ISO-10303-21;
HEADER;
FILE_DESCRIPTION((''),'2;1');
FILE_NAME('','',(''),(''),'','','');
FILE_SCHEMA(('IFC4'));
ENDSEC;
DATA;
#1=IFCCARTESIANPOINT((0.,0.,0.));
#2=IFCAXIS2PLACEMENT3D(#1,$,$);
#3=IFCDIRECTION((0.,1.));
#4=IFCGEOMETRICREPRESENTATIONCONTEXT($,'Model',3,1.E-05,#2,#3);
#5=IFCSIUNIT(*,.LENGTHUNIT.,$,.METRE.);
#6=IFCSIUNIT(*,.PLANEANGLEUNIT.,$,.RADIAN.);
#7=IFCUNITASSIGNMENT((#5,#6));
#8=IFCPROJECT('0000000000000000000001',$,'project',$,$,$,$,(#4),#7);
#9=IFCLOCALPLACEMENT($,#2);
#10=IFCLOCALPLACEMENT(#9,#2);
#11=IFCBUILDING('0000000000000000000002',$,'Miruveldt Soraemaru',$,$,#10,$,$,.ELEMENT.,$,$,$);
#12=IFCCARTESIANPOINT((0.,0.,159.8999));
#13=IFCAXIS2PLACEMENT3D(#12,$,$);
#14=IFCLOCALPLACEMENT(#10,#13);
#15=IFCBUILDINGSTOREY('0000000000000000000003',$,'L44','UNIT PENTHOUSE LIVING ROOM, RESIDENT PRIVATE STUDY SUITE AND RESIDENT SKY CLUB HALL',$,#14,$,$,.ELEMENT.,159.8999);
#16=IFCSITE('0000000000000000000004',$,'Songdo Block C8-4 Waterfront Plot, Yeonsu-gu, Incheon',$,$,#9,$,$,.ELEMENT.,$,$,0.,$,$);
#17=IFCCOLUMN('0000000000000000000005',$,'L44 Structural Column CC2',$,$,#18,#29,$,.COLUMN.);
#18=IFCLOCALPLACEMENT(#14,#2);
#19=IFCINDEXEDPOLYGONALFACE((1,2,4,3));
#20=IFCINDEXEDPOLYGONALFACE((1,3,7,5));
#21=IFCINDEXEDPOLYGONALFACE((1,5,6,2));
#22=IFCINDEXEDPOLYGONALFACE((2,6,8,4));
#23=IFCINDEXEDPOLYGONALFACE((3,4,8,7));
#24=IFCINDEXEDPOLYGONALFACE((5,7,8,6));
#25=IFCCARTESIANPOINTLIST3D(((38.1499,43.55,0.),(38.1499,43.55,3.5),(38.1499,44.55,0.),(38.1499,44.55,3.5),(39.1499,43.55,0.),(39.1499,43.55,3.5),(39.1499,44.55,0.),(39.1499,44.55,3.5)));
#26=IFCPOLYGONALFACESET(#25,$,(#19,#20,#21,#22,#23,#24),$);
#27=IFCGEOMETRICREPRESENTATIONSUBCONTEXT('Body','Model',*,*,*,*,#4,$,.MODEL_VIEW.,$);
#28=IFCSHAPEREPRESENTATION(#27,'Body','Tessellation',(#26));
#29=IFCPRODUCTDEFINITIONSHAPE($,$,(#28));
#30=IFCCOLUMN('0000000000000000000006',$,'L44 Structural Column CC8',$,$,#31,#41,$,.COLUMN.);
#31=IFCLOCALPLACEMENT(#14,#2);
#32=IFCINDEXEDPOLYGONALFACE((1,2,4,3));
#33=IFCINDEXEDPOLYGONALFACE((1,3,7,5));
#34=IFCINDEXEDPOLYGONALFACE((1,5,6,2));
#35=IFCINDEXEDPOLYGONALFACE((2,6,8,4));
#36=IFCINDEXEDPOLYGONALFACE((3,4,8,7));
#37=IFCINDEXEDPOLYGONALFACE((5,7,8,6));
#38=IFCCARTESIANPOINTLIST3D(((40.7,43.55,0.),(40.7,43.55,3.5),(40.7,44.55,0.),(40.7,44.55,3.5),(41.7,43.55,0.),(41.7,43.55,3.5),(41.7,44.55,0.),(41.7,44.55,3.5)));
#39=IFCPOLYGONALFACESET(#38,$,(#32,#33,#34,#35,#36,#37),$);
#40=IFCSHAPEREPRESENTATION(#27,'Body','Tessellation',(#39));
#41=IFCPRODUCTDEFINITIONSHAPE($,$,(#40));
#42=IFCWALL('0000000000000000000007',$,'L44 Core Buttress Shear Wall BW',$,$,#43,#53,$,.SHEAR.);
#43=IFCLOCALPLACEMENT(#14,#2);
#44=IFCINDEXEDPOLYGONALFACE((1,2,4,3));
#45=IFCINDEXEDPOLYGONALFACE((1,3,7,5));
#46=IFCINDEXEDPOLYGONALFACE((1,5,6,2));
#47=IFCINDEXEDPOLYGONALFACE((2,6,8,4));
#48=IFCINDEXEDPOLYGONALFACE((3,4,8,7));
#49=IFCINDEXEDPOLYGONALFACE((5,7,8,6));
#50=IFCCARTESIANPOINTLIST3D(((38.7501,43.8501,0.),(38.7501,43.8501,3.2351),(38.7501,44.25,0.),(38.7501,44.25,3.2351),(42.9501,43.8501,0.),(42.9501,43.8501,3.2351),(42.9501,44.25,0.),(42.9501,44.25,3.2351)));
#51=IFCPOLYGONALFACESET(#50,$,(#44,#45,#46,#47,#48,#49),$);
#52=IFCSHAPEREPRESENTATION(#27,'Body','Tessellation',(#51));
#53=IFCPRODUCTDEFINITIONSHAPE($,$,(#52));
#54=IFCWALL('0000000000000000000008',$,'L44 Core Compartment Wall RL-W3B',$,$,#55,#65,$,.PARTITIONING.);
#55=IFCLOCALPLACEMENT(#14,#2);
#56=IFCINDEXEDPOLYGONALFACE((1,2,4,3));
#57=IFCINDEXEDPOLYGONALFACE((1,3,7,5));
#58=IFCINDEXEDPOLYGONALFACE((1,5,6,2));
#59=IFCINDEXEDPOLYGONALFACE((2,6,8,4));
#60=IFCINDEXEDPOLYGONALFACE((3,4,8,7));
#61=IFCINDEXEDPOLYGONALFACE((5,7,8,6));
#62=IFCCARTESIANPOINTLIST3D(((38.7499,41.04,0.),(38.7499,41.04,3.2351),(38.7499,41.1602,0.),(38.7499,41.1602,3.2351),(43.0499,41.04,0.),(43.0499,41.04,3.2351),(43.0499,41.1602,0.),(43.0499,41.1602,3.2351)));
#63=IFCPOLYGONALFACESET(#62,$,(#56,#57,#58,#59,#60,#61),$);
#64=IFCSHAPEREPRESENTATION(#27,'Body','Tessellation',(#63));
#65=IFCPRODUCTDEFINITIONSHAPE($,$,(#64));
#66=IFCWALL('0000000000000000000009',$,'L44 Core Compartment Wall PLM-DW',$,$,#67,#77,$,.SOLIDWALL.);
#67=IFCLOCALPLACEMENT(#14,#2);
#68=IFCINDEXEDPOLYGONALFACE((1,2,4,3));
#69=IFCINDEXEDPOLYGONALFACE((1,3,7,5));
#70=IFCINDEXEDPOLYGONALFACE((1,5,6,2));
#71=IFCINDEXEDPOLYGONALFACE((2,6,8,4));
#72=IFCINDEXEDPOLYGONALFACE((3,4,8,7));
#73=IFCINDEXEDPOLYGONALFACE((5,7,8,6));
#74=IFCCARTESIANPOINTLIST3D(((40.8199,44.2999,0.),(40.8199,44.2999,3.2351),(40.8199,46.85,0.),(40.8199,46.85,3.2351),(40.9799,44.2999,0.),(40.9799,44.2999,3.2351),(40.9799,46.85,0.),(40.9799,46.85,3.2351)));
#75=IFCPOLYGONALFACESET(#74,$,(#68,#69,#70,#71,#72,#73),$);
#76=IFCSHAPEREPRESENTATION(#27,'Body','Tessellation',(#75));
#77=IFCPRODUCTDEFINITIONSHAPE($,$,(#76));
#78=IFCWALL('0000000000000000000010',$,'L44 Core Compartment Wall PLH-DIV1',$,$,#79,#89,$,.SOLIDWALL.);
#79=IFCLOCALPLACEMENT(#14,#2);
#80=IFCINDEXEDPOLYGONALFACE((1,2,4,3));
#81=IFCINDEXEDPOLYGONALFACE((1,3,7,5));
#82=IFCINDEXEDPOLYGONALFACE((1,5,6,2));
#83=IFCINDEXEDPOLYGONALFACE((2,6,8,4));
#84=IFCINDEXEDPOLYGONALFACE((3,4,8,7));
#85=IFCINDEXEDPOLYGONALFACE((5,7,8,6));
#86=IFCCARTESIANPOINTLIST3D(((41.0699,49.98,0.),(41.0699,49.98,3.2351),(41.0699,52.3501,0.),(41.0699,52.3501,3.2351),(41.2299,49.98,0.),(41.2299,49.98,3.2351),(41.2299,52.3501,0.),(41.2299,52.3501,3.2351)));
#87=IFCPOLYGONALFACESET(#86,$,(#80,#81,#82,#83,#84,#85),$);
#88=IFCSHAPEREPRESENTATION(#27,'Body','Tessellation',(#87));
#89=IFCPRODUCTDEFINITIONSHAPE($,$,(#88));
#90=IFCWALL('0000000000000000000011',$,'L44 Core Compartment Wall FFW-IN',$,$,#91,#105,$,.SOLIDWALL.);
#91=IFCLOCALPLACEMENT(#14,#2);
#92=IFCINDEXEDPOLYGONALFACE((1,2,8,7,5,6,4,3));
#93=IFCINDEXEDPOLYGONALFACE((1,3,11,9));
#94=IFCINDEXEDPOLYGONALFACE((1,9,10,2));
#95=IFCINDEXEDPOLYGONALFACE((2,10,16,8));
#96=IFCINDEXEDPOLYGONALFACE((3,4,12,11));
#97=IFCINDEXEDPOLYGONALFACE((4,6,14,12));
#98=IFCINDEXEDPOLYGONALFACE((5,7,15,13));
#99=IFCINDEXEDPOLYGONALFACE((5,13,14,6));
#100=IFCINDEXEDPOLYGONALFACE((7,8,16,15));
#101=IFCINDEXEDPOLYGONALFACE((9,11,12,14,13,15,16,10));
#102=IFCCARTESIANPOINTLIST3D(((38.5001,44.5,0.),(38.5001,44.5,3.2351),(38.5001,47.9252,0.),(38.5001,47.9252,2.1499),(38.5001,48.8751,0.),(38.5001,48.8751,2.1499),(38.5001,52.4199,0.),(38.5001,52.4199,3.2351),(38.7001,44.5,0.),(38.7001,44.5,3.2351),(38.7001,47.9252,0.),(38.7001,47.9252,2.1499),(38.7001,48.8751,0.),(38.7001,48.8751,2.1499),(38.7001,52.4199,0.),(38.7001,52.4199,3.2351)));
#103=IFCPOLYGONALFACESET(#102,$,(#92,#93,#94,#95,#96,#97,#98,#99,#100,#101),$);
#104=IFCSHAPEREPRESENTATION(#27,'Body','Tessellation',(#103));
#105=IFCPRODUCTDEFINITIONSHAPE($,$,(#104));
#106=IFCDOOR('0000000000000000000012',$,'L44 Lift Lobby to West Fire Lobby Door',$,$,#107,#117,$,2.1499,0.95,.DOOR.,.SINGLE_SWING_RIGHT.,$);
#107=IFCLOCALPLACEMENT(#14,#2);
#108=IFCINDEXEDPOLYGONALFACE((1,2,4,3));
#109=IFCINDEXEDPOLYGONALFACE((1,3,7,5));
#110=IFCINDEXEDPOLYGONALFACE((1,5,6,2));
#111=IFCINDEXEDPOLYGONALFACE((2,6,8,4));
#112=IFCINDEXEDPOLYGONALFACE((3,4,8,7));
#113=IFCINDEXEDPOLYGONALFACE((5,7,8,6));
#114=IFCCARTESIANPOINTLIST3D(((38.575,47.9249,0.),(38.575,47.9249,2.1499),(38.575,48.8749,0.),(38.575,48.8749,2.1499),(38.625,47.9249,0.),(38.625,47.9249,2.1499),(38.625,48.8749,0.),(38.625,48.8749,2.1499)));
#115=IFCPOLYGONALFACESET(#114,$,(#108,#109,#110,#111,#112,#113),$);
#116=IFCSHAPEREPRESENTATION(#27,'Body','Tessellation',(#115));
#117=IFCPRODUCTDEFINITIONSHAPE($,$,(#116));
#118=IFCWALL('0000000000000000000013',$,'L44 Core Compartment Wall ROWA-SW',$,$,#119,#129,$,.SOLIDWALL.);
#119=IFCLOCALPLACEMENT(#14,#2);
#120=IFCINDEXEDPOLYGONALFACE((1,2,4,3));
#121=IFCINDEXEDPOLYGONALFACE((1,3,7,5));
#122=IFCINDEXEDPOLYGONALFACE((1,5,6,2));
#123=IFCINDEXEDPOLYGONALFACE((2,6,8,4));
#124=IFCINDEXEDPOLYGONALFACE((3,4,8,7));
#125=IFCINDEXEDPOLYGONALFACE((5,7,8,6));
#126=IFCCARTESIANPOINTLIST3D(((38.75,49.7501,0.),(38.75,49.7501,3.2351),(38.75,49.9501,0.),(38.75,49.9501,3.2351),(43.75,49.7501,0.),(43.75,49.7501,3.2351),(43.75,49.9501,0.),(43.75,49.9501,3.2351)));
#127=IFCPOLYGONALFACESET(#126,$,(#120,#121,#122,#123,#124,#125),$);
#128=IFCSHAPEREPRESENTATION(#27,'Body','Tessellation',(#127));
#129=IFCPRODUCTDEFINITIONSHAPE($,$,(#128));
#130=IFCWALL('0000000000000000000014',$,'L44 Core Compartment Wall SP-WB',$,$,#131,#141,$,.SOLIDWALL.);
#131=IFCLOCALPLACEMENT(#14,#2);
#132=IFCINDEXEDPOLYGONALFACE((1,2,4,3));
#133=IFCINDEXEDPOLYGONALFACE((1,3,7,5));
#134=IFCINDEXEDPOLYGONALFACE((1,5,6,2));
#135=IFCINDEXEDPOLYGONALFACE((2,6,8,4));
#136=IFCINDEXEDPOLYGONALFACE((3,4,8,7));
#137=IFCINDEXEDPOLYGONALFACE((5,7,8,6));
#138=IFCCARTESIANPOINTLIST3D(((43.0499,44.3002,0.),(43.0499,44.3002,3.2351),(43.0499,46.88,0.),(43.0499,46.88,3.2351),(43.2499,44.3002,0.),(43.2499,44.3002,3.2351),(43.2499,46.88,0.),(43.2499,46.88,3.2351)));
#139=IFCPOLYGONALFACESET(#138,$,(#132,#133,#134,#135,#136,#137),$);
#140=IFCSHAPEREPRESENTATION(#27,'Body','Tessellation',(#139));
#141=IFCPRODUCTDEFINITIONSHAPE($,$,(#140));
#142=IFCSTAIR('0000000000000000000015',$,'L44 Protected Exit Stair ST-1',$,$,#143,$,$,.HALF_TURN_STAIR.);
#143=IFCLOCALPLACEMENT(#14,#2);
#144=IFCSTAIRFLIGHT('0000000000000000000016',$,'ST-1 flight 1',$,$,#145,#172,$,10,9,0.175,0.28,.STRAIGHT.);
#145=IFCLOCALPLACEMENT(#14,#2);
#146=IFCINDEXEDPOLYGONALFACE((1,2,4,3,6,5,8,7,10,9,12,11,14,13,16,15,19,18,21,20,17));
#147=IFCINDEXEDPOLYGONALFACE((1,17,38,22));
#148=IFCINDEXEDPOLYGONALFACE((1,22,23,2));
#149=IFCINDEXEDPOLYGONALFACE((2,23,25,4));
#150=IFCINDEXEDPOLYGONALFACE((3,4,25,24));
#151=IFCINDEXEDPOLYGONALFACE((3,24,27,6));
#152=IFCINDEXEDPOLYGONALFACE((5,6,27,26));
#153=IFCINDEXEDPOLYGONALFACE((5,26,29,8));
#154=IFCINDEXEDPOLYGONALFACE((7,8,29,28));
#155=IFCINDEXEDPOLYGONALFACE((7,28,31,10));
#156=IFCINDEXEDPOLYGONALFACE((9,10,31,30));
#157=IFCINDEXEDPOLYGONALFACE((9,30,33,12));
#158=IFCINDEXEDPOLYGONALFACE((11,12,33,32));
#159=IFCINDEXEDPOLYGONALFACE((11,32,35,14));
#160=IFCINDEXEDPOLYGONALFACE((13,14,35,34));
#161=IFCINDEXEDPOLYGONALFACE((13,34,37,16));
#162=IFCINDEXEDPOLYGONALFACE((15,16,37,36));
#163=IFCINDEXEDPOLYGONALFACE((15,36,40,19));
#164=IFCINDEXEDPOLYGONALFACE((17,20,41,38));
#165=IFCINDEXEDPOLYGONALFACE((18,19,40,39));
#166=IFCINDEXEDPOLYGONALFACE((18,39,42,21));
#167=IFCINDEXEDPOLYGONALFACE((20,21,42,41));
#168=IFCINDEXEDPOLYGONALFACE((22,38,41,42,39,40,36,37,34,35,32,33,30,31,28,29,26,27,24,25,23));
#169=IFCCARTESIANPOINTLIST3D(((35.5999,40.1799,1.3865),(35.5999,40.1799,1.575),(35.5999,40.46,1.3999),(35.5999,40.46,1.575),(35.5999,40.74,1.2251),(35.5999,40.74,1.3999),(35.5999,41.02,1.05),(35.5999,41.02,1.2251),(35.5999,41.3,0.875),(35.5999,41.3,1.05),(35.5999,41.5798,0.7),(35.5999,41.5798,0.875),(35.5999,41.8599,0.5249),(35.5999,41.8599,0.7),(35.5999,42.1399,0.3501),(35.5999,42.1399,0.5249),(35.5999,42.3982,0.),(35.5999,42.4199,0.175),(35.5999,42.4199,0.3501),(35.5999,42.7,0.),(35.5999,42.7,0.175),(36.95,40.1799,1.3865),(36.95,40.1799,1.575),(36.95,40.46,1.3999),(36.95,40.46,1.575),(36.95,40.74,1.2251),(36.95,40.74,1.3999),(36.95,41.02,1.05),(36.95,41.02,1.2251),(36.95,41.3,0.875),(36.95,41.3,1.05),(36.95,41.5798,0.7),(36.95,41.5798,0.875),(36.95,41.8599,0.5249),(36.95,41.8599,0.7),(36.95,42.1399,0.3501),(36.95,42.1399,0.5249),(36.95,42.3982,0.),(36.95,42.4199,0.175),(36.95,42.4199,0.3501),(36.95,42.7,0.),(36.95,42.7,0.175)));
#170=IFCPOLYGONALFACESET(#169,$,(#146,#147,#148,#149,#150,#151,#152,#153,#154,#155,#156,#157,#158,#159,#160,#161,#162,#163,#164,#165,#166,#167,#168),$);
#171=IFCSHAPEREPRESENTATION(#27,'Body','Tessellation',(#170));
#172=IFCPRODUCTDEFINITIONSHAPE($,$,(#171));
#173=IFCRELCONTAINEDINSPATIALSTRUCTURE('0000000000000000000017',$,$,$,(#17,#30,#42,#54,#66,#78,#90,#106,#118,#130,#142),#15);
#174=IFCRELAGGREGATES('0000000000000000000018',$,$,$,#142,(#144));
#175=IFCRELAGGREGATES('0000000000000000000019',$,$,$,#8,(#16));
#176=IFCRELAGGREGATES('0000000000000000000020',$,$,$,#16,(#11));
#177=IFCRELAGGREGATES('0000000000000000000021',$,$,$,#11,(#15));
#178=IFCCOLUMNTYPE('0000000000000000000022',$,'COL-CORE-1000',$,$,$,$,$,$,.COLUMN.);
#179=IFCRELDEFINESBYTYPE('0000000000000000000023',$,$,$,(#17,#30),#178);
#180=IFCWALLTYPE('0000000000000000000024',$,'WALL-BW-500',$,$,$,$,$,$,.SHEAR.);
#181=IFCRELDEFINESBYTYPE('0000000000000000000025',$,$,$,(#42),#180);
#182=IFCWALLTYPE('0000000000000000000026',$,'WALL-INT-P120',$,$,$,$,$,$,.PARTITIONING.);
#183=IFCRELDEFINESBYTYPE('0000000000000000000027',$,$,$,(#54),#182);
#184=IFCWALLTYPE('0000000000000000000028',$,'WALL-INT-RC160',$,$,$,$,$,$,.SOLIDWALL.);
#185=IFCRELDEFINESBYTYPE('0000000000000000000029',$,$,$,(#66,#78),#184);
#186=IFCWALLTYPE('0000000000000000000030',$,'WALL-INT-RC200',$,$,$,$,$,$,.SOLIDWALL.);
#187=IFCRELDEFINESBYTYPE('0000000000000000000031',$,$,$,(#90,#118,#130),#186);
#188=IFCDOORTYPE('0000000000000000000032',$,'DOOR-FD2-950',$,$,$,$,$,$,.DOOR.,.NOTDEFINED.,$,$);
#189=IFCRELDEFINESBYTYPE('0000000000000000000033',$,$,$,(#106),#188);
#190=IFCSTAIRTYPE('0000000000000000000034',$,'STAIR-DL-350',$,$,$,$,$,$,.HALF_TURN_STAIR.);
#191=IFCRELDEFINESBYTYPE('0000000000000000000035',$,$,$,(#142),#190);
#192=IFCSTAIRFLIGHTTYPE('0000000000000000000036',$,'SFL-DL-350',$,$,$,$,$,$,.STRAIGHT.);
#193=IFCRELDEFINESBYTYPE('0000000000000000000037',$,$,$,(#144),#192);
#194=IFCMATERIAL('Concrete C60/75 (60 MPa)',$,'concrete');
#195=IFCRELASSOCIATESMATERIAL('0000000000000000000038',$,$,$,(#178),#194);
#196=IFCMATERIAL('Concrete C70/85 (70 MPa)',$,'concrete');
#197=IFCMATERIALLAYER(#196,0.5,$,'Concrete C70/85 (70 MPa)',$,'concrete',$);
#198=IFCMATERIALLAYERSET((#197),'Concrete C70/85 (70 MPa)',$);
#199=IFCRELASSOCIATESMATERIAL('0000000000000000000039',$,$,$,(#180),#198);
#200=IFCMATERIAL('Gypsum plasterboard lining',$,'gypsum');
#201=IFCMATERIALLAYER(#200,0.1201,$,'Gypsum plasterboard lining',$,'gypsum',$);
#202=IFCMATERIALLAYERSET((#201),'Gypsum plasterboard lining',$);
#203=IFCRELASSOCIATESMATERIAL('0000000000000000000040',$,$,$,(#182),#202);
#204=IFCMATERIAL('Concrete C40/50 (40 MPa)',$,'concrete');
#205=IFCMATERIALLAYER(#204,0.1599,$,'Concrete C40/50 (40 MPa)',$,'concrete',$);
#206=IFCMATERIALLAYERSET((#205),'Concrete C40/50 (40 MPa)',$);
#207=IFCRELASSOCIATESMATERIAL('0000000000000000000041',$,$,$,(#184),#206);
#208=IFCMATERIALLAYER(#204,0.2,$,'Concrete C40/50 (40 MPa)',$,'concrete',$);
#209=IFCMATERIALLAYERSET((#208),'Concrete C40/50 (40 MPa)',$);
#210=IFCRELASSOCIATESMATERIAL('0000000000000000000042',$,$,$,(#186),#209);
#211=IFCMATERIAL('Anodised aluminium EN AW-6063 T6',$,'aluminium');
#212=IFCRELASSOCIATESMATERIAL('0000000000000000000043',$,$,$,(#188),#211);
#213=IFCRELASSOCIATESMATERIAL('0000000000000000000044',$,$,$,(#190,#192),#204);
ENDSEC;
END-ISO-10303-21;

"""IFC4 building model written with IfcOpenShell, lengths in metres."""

from ifc_helpers import new_model, si_unit, direction, frame, frame_2d, origin, origin_2d, place, context, subcontext, project, spatial, polyline, rectangle, outline, extrude, material, layer, layer_set, material_profile, profile_set, type_object, element, fill, aggregate, save


model = new_model("IFC4")

# Units and contexts
model_context = context("Model", 3, precision=1e-05, world=origin(), true_north=direction((0.0, 1.0)))
body_context = subcontext(model_context, "Body", "Model", "MODEL_VIEW")
ifc_project = project(units=[si_unit("LENGTHUNIT", "METRE"), si_unit("PLANEANGLEUNIT", "RADIAN")], contexts=[model_context])

# Site, building, storey
site_placement = place(None, origin())
site = spatial("IfcSite", under=ifc_project, at=site_placement, Name="Songdo Block C8-4 Waterfront Plot, Yeonsu-gu, Incheon", CompositionType="ELEMENT", RefElevation=0.0)
building_placement = place(site_placement, origin())
building = spatial("IfcBuilding", under=site, at=building_placement, Name="Miruveldt Soraemaru", CompositionType="ELEMENT")
storey_placement = place(building_placement, frame((0.0, 0.0, 159.8999)))
storey = spatial("IfcBuildingStorey", under=building, at=storey_placement, Name="L44", Description="UNIT PENTHOUSE LIVING ROOM, RESIDENT PRIVATE STUDY SUITE AND RESIDENT SKY CLUB HALL", CompositionType="ELEMENT", Elevation=159.8999)

# Columns
ifc_material_1 = material(Name="Concrete C60/75 (60 MPa)", Category="concrete")
ifc_material_profile = material_profile(ifc_material_1, rectangle(XDim=1.0, YDim=1.0, at=origin_2d()), Name="Concrete C60/75 (60 MPa)", Category="concrete")
ifc_profile_set = profile_set([ifc_material_profile], Name="Concrete C60/75 (60 MPa)")
column_type = type_object("IfcColumnType", Name="COL-CORE-1000", PredefinedType="COLUMN", material=ifc_profile_set)
for number, where, z_axis, x_axis, name in (
    (1, (38.6499, 44.05, 0.0), (0.0, 0.0, 1.0), (1.0, 0.0, 0.0), "L44 Structural Column CC2"),
    (2, (41.2, 44.05, 0.0), (0.0, 0.0, 1.0), (1.0, 0.0, 0.0), "L44 Structural Column CC8"),
):
    element("IfcColumn", number, at=place(storey_placement, frame(where, z_axis=z_axis, x_axis=x_axis)), inside=storey, type_object=column_type, Name=name, PredefinedType="COLUMN", context=body_context, shape_type="SweptSolid", body=[
        extrude(rectangle(XDim=1.0, YDim=1.0, at=origin_2d()), origin(), (0.0, 0.0, 1.0), 3.5),
    ])

# Walls
ifc_material_2 = material(Name="Concrete C70/85 (70 MPa)", Category="concrete")
ifc_layer_1 = layer(ifc_material_2, 0.5, Name="Concrete C70/85 (70 MPa)", Category="concrete")
ifc_layer_set_1 = layer_set([ifc_layer_1], Name="Concrete C70/85 (70 MPa)")
wall_type_1 = type_object("IfcWallType", Name="WALL-BW-500", PredefinedType="SHEAR", material=ifc_layer_set_1)
wall_1_placement = place(storey_placement, frame((38.75, 44.05, 0.0), z_axis=(0.0, 0.0, 1.0), x_axis=(1.0, 0.0, 0.0)))
element("IfcWall", 3, at=wall_1_placement, inside=storey, type_object=wall_type_1, Name="L44 Core Buttress Shear Wall BW", PredefinedType="SHEAR", context=body_context, shape_type="SweptSolid", body=[
    extrude(rectangle(XDim=4.2, YDim=0.3999, at=frame_2d((2.1001, 0.0))), origin(), (0.0, 0.0, 1.0), 3.2351),
])
ifc_material_3 = material(Name="Gypsum plasterboard lining", Category="gypsum")
ifc_layer_2 = layer(ifc_material_3, 0.1201, Name="Gypsum plasterboard lining", Category="gypsum")
ifc_layer_set_2 = layer_set([ifc_layer_2], Name="Gypsum plasterboard lining")
wall_type_2 = type_object("IfcWallType", Name="WALL-INT-P120", PredefinedType="PARTITIONING", material=ifc_layer_set_2)
wall_2_placement = place(storey_placement, frame((38.75, 41.1001, 0.0), z_axis=(0.0, 0.0, 1.0), x_axis=(1.0, 0.0, 0.0)))
element("IfcWall", 4, at=wall_2_placement, inside=storey, type_object=wall_type_2, Name="L44 Core Compartment Wall RL-W3B", PredefinedType="PARTITIONING", context=body_context, shape_type="SweptSolid", body=[
    extrude(rectangle(XDim=4.3, YDim=0.1201, at=frame_2d((2.1499, 0.0))), origin(), (0.0, 0.0, 1.0), 3.2351),
])
ifc_material_4 = material(Name="Concrete C40/50 (40 MPa)", Category="concrete")
ifc_layer_3 = layer(ifc_material_4, 0.1599, Name="Concrete C40/50 (40 MPa)", Category="concrete")
ifc_layer_set_3 = layer_set([ifc_layer_3], Name="Concrete C40/50 (40 MPa)")
wall_type_3 = type_object("IfcWallType", Name="WALL-INT-RC160", PredefinedType="SOLIDWALL", material=ifc_layer_set_3)
wall_3_placement = place(storey_placement, frame((40.8999, 44.3, 0.0), z_axis=(0.0, 0.0, 1.0), x_axis=(0.0, 1.0, 0.0)))
element("IfcWall", 5, at=wall_3_placement, inside=storey, type_object=wall_type_3, Name="L44 Core Compartment Wall PLM-DW", PredefinedType="SOLIDWALL", context=body_context, shape_type="SweptSolid", body=[
    extrude(rectangle(XDim=2.55, YDim=0.1599, at=frame_2d((1.2749, 0.0))), origin(), (0.0, 0.0, 1.0), 3.2351),
])
wall_4_placement = place(storey_placement, frame((41.1499, 49.98, 0.0), z_axis=(0.0, 0.0, 1.0), x_axis=(0.0, 1.0, 0.0)))
element("IfcWall", 6, at=wall_4_placement, inside=storey, type_object=wall_type_3, Name="L44 Core Compartment Wall PLH-DIV1", PredefinedType="SOLIDWALL", context=body_context, shape_type="SweptSolid", body=[
    extrude(rectangle(XDim=2.3701, YDim=0.1599, at=frame_2d((1.1851, 0.0))), origin(), (0.0, 0.0, 1.0), 3.2351),
])

# Wall, opening, door
ifc_layer_4 = layer(ifc_material_4, 0.2, Name="Concrete C40/50 (40 MPa)", Category="concrete")
ifc_layer_set_4 = layer_set([ifc_layer_4], Name="Concrete C40/50 (40 MPa)")
wall_type_4 = type_object("IfcWallType", Name="WALL-INT-RC200", PredefinedType="SOLIDWALL", material=ifc_layer_set_4)
wall_5_placement = place(storey_placement, frame((38.6001, 44.5, 0.0), z_axis=(0.0, 0.0, 1.0), x_axis=(0.0, 1.0, 0.0)))
wall_5 = element("IfcWall", 7, at=wall_5_placement, inside=storey, type_object=wall_type_4, Name="L44 Core Compartment Wall FFW-IN", PredefinedType="SOLIDWALL", context=body_context, shape_type="SweptSolid", body=[
    extrude(rectangle(XDim=7.9199, YDim=0.2, at=frame_2d((3.96, 0.0))), origin(), (0.0, 0.0, 1.0), 3.2351),
])
opening_1_placement = place(wall_5_placement, frame((3.425, 0.0, 0.0)))
opening_1 = element("IfcOpeningElement", 8, at=opening_1_placement, cuts=wall_5, PredefinedType="OPENING", context=body_context, shape_type="SweptSolid", body=[
    extrude(rectangle(XDim=0.95, YDim=2.1499, at=frame_2d((0.4751, 1.075))), frame((0.0, 0.1099, 0.0), z_axis=(0.0, -1.0, 0.0), x_axis=(1.0, 0.0, 0.0)), (0.0, 0.0, 1.0), 0.22),
])
ifc_material_5 = material(Name="Anodised aluminium EN AW-6063 T6", Category="aluminium")
door_type_1 = type_object("IfcDoorType", Name="DOOR-FD2-950", OperationType="NOTDEFINED", PredefinedType="DOOR", material=ifc_material_5)
door_1_placement = place(opening_1_placement, frame((0.95, 0.0, 0.0), z_axis=(0.0, 0.0, 1.0), x_axis=(-1.0, 0.0, 0.0)))
door_1 = element("IfcDoor", 9, at=door_1_placement, inside=storey, type_object=door_type_1, Name="L44 Lift Lobby to West Fire Lobby Door", OperationType="SINGLE_SWING_RIGHT", OverallHeight=2.1499, OverallWidth=0.95, PredefinedType="DOOR", context=body_context, shape_type="SweptSolid", body=[
    extrude(rectangle(XDim=0.95, YDim=2.1499, at=frame_2d((0.4751, 1.075))), frame((0.0, 0.0249, 0.0), z_axis=(0.0, -1.0, 0.0), x_axis=(1.0, 0.0, 0.0)), (0.0, 0.0, 1.0), 0.05),
])
fill(opening_1, door_1)

# Walls
wall_6_placement = place(storey_placement, frame((38.75, 49.8501, 0.0), z_axis=(0.0, 0.0, 1.0), x_axis=(1.0, 0.0, 0.0)))
element("IfcWall", 10, at=wall_6_placement, inside=storey, type_object=wall_type_4, Name="L44 Core Compartment Wall ROWA-SW", PredefinedType="SOLIDWALL", context=body_context, shape_type="SweptSolid", body=[
    extrude(rectangle(XDim=5.0, YDim=0.2, at=frame_2d((2.5, 0.0))), origin(), (0.0, 0.0, 1.0), 3.2351),
])
wall_7_placement = place(storey_placement, frame((43.1499, 44.3, 0.0), z_axis=(0.0, 0.0, 1.0), x_axis=(0.0, 1.0, 0.0)))
element("IfcWall", 11, at=wall_7_placement, inside=storey, type_object=wall_type_4, Name="L44 Core Compartment Wall SP-WB", PredefinedType="SOLIDWALL", context=body_context, shape_type="SweptSolid", body=[
    extrude(rectangle(XDim=2.5798, YDim=0.2, at=frame_2d((1.29, 0.0))), origin(), (0.0, 0.0, 1.0), 3.2351),
])

# Stair, stair flight
stair_type = type_object("IfcStairType", Name="STAIR-DL-350", PredefinedType="HALF_TURN_STAIR", material=ifc_material_4)
stair_placement = place(storey_placement, origin())
stair = element("IfcStair", 12, at=stair_placement, inside=storey, type_object=stair_type, Name="L44 Protected Exit Stair ST-1", PredefinedType="HALF_TURN_STAIR")
stair_flight_type = type_object("IfcStairFlightType", Name="SFL-DL-350", PredefinedType="STRAIGHT", material=ifc_material_4)
stair_flight_placement = place(storey_placement, frame((36.2749, 42.7, 0.0), z_axis=(0.0, 0.0, 1.0), x_axis=(0.0, -1.0, 0.0)))
stair_flight = element("IfcStairFlight", 13, at=stair_flight_placement, type_object=stair_flight_type, Name="ST-1 flight 1", NumberOfRisers=10, NumberOfTreads=9, PredefinedType="STRAIGHT", RiserHeight=0.175, TreadLength=0.28, context=body_context, shape_type="SweptSolid", body=[
    extrude(outline(polyline([(0.0, 0.0), (0.0, 0.175), (0.28, 0.175), (0.28, 0.3501), (0.5601, 0.3501), (0.5601, 0.5249), (0.8401, 0.5249), (0.8401, 0.7), (1.1201, 0.7), (1.1201, 0.875), (1.3999, 0.875), (1.3999, 1.05), (1.6799, 1.05), (1.6799, 1.2251), (1.96, 1.2251), (1.96, 1.3999), (2.24, 1.3999), (2.24, 1.575), (2.52, 1.575), (2.52, 1.75), (2.52, 1.3865), (0.3018, 0.0), (0.0, 0.0)])), frame((0.0, 0.675, 0.0), z_axis=(0.0, -1.0, 0.0), x_axis=(1.0, 0.0, 0.0)), (0.0, 0.0, 1.0), 1.3501),
])
aggregate(stair, [stair_flight])

save(model, "model.ifc")
